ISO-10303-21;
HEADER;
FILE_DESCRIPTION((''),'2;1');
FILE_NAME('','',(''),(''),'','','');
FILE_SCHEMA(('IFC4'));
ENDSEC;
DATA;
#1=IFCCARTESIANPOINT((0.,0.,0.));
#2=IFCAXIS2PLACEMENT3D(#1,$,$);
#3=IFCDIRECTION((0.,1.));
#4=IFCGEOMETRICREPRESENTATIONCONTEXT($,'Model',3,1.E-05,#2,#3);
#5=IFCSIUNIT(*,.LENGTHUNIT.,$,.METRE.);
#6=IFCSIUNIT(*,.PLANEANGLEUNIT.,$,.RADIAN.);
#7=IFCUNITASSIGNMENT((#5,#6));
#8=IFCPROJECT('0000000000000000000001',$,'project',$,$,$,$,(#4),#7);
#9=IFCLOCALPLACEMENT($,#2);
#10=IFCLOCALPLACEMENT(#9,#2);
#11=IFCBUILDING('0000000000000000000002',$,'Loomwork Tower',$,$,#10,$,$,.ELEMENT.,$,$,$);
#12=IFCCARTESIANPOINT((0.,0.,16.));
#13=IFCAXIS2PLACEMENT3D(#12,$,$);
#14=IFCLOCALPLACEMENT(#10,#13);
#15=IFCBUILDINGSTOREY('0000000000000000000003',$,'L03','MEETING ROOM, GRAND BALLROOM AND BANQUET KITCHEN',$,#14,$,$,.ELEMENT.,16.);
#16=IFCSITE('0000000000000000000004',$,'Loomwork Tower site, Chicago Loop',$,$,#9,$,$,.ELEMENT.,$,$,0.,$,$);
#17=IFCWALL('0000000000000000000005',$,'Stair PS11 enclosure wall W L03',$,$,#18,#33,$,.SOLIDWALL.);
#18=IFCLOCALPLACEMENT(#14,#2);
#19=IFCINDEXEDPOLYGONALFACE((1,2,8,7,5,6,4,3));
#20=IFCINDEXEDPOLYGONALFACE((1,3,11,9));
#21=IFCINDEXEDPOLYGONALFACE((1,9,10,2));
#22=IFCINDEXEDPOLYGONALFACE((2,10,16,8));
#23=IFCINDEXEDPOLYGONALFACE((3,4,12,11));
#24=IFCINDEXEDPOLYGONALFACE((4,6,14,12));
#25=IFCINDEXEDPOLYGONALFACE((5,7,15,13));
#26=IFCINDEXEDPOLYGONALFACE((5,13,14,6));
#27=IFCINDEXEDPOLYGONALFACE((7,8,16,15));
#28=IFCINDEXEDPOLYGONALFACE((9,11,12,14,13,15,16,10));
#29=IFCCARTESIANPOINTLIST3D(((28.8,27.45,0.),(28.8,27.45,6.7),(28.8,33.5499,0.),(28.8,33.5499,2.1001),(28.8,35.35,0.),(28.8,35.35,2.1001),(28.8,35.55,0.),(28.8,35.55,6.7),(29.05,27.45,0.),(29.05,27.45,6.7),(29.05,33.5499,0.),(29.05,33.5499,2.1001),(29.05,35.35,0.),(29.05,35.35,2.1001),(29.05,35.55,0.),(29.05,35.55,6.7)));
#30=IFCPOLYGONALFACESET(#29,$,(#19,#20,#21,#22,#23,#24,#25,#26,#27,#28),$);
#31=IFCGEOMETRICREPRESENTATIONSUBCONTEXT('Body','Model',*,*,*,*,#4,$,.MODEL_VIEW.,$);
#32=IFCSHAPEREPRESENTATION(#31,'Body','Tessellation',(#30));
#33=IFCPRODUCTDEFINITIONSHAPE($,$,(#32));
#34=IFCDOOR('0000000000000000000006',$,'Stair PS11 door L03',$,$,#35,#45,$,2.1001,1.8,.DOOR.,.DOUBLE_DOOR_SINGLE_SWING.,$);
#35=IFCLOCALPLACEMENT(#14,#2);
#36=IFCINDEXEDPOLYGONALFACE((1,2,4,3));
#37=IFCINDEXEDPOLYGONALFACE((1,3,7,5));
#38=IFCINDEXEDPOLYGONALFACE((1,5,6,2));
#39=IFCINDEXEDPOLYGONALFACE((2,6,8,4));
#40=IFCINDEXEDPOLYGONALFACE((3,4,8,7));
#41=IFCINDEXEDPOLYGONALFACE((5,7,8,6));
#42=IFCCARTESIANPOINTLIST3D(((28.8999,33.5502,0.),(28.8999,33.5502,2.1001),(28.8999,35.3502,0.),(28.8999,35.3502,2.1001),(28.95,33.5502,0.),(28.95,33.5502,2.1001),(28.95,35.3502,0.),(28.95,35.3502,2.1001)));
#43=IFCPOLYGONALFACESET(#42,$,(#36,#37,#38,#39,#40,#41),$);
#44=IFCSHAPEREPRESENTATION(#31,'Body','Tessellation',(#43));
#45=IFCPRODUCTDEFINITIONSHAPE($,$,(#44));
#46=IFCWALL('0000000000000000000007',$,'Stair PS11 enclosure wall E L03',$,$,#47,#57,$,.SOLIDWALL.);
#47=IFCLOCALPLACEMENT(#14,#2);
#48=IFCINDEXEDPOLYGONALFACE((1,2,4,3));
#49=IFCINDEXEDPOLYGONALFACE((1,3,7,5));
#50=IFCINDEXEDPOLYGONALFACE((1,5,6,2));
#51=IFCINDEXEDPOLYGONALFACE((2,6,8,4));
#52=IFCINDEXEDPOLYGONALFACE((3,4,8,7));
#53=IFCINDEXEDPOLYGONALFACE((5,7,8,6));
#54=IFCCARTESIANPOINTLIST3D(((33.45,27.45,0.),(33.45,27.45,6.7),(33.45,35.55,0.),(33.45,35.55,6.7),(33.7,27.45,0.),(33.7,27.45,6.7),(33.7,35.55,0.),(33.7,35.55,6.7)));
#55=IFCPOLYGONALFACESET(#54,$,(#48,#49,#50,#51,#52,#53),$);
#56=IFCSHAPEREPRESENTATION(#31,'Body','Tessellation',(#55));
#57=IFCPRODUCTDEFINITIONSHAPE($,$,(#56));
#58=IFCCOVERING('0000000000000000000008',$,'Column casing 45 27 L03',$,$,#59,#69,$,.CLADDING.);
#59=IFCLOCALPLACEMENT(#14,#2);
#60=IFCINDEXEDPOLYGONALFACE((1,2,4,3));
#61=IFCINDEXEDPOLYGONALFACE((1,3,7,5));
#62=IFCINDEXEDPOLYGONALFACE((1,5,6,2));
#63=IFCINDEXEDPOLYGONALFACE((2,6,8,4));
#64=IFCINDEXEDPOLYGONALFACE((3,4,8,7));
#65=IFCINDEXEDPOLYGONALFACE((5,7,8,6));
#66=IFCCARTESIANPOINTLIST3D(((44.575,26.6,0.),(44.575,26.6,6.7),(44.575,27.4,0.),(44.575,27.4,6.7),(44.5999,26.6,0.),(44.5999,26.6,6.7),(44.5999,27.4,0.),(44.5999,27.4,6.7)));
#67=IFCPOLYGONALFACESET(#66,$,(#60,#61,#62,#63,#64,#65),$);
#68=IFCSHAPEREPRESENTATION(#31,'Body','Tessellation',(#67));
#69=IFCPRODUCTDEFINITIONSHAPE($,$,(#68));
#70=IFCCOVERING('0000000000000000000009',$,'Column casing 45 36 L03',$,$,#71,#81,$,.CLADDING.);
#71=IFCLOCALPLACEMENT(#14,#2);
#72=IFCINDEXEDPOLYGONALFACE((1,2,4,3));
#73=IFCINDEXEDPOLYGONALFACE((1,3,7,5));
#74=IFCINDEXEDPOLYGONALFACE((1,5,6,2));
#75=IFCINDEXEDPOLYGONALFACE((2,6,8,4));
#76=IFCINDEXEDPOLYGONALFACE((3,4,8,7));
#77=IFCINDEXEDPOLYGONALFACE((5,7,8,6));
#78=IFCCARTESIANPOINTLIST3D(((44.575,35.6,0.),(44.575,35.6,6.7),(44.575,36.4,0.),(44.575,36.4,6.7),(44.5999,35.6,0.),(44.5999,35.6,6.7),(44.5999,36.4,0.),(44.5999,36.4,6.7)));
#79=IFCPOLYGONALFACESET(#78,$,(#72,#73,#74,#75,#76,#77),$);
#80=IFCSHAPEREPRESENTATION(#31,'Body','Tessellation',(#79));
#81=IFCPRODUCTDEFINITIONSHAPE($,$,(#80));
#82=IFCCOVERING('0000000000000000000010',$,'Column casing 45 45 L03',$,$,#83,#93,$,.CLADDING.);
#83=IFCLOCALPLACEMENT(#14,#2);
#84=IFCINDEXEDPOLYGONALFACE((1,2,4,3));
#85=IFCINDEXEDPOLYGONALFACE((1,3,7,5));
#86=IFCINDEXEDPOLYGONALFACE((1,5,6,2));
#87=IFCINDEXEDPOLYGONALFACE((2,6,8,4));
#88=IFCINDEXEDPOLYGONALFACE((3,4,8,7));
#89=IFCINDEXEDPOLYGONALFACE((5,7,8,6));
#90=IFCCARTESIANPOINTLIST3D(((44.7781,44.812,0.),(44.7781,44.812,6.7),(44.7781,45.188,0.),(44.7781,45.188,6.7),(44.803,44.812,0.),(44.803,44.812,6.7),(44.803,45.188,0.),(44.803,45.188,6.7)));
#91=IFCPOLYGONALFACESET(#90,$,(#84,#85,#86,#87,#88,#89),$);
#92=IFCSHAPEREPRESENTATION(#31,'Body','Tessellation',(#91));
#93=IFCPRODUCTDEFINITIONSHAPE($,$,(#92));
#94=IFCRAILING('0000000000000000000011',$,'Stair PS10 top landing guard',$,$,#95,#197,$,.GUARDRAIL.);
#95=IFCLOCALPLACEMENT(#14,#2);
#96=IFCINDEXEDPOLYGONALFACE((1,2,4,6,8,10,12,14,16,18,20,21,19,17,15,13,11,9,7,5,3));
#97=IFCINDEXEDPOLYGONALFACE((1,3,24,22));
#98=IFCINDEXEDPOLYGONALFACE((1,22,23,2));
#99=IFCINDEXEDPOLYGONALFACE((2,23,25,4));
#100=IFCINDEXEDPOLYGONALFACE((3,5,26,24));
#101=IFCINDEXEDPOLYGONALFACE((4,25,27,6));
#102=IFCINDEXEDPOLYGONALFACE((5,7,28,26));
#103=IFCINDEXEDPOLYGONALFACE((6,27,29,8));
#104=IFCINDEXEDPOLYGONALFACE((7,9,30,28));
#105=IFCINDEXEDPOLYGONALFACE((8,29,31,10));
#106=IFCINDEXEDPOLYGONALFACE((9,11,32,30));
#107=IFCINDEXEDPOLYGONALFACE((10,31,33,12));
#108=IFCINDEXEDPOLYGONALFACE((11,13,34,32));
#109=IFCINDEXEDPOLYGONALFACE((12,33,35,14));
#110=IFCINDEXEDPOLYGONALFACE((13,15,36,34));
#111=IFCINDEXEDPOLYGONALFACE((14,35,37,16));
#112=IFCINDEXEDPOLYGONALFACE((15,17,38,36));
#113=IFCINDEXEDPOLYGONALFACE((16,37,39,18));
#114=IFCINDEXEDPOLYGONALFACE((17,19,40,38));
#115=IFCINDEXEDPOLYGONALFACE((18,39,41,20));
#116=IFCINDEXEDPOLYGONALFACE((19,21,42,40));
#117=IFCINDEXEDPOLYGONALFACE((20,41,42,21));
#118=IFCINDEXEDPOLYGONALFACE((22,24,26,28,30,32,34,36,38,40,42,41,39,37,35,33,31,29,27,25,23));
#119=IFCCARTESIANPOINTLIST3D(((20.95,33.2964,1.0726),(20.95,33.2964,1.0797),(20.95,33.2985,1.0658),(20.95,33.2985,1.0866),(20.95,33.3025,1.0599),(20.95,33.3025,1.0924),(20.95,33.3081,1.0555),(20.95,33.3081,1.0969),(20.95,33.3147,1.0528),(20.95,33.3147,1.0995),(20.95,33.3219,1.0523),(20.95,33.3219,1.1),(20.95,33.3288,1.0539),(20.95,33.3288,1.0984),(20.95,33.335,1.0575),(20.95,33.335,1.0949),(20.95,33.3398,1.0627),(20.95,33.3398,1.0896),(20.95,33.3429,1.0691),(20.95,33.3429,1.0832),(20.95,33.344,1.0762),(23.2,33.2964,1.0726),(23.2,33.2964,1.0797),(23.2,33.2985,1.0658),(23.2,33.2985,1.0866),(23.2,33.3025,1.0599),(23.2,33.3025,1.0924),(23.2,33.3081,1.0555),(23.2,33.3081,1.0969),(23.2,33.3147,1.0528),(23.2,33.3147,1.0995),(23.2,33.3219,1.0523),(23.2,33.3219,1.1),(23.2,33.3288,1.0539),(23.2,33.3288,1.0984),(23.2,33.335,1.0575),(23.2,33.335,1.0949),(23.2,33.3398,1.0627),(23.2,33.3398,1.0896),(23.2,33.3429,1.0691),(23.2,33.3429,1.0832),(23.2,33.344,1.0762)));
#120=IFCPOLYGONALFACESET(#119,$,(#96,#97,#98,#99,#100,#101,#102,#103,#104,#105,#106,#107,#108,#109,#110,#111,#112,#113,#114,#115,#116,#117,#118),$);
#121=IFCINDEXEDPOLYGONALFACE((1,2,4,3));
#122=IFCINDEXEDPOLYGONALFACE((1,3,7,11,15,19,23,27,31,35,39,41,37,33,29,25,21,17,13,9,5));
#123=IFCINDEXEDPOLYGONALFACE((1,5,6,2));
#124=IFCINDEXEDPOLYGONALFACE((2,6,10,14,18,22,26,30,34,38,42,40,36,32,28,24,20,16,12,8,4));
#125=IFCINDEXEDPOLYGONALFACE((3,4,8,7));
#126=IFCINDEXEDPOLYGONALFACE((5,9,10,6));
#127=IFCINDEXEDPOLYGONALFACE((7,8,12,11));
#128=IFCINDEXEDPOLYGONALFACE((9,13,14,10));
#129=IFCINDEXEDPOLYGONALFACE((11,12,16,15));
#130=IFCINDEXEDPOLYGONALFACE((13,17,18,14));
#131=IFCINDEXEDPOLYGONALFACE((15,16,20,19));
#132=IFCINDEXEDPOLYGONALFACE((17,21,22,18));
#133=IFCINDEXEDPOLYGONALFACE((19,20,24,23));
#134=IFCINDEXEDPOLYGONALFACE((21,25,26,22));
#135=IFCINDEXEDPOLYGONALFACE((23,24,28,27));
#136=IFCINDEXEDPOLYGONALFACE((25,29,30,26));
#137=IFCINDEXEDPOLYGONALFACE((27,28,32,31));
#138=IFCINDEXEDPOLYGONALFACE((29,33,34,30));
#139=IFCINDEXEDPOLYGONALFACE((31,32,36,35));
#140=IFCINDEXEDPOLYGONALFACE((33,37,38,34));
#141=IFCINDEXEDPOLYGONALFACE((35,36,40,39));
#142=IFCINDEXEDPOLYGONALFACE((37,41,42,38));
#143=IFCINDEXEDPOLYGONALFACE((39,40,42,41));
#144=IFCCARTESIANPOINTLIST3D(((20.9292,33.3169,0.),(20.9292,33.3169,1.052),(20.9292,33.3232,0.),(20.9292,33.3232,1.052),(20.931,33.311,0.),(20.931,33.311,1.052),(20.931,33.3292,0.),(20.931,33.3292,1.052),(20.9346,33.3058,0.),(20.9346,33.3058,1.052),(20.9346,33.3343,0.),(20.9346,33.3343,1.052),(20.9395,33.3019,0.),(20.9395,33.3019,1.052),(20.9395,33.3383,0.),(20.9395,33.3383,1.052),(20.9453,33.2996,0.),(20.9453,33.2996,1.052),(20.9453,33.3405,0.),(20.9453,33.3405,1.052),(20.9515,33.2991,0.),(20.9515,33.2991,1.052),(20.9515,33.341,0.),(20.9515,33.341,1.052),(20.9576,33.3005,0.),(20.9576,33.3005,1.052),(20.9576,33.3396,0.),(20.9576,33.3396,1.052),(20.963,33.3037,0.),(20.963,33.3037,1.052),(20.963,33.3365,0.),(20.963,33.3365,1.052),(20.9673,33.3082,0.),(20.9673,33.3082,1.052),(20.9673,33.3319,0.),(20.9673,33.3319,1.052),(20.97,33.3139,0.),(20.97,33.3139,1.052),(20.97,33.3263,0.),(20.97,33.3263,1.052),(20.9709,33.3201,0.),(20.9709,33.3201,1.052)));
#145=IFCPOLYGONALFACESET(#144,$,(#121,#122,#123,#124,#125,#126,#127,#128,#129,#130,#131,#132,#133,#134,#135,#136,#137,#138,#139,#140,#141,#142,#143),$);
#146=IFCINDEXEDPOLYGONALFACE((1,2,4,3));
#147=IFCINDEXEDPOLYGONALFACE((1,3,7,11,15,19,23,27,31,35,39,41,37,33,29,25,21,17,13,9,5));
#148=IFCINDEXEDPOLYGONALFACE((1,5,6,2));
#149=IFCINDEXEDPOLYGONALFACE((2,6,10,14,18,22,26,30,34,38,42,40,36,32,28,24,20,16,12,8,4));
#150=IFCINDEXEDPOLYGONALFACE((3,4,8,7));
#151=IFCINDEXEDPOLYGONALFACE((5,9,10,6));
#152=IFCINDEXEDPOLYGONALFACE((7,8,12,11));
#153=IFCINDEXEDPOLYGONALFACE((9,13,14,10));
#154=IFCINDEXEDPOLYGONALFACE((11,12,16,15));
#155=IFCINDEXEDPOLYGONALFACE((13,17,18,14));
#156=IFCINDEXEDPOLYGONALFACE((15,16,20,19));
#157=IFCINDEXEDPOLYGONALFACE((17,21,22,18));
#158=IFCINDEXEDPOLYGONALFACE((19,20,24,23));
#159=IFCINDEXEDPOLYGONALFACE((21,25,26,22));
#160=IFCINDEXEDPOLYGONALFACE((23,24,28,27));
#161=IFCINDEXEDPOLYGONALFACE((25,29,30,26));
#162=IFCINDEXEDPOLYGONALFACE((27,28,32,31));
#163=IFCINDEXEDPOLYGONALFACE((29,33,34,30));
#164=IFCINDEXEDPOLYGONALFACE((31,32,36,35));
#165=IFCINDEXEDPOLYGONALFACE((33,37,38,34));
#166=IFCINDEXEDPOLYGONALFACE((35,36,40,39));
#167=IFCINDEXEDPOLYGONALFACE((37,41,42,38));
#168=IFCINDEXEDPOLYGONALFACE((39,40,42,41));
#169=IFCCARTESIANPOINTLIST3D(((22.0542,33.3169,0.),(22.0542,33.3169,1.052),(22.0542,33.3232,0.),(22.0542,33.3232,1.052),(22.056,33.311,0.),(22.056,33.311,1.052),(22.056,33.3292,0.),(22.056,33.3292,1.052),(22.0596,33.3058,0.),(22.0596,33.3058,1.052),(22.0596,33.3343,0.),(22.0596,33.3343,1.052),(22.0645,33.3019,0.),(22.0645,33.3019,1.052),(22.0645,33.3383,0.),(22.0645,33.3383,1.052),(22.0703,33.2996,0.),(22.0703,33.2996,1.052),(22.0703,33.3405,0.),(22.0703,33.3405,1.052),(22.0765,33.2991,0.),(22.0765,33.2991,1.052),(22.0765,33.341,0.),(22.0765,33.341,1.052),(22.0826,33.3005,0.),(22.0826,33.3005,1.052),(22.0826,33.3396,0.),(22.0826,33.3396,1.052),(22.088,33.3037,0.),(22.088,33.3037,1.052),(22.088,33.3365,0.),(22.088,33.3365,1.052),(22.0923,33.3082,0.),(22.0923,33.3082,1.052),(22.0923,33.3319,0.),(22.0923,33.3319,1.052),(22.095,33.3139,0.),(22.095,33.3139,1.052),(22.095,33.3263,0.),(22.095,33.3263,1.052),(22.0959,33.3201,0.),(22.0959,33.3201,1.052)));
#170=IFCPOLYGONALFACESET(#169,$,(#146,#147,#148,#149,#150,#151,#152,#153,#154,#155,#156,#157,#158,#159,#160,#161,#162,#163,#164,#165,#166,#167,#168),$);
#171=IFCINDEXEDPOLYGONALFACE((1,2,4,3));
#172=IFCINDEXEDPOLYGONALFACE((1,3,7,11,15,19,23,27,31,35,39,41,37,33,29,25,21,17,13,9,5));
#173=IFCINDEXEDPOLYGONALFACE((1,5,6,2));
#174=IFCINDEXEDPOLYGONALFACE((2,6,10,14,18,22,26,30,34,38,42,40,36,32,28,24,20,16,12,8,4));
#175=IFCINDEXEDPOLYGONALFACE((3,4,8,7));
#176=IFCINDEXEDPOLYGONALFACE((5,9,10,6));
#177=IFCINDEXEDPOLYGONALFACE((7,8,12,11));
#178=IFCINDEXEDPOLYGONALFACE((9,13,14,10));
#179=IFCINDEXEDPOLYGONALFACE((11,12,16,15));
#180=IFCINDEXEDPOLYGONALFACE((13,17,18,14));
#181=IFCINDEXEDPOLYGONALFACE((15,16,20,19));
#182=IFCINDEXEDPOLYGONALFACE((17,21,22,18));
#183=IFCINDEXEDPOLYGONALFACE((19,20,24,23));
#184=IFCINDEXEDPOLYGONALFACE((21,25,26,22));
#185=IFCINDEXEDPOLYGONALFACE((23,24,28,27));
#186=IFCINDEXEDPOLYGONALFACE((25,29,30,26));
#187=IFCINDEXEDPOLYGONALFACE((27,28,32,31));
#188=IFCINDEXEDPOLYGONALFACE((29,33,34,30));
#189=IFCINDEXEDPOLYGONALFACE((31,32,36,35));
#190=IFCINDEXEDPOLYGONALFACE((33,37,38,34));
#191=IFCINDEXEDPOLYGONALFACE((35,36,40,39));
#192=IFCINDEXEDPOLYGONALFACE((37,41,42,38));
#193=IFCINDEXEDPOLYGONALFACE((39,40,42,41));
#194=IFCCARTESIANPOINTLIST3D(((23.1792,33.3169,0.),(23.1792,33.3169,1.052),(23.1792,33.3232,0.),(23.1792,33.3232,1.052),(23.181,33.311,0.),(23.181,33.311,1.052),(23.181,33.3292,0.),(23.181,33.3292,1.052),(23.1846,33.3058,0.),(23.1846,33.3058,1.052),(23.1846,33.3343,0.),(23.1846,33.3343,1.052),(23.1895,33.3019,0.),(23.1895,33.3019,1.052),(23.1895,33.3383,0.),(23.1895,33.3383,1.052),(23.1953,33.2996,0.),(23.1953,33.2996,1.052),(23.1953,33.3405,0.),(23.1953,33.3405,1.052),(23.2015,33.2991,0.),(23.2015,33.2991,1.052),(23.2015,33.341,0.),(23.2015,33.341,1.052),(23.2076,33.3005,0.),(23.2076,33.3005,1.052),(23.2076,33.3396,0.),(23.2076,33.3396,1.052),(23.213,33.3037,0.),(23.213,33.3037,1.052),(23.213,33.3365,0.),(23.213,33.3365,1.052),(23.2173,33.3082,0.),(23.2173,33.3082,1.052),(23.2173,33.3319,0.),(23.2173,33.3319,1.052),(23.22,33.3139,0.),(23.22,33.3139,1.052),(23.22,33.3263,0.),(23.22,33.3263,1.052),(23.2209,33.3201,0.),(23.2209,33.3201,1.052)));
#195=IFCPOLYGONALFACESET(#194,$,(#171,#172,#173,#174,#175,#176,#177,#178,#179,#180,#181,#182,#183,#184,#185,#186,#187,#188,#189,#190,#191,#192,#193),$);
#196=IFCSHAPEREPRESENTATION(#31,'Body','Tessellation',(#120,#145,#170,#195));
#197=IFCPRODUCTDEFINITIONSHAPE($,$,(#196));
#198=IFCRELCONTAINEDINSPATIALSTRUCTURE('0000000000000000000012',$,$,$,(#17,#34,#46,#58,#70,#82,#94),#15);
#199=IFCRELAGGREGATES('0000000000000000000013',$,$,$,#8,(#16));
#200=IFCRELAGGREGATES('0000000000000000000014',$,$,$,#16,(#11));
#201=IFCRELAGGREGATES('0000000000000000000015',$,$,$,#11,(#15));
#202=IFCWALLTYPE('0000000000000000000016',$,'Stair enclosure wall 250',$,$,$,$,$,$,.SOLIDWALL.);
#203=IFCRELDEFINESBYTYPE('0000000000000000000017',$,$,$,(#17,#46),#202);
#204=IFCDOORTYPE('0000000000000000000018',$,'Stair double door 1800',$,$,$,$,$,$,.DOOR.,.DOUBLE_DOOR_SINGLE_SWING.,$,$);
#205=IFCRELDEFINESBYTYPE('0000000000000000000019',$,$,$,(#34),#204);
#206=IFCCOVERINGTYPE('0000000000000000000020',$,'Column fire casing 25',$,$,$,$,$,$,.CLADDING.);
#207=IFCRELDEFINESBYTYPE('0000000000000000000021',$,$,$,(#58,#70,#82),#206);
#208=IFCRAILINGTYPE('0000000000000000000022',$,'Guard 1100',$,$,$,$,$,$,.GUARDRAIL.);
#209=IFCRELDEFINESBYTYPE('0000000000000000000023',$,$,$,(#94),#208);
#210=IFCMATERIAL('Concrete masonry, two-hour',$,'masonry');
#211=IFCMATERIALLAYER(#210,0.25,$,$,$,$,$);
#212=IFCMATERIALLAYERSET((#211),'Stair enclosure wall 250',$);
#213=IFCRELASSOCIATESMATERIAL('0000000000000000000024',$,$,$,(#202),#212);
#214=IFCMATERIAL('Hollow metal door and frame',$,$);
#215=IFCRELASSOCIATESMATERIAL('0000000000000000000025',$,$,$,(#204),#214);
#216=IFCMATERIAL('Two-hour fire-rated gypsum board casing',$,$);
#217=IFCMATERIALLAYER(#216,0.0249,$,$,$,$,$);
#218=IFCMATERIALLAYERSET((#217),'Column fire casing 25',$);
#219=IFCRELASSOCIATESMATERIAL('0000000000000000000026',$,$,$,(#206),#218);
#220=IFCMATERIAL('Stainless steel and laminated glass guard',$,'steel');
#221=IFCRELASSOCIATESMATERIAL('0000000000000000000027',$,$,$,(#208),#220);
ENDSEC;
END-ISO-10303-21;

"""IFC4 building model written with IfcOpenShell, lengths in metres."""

from ifc_helpers import new_model, si_unit, direction, frame, frame_2d, origin, origin_2d, place, context, subcontext, project, spatial, rectangle, circle, extrude, material, layer, layer_set, type_object, element, fill, save


model = new_model("IFC4")

# Units and contexts
model_context = context("Model", 3, precision=1e-05, world=origin(), true_north=direction((0.0, 1.0)))
body_context = subcontext(model_context, "Body", "Model", "MODEL_VIEW")
ifc_project = project(units=[si_unit("LENGTHUNIT", "METRE"), si_unit("PLANEANGLEUNIT", "RADIAN")], contexts=[model_context])

# Site, building, storey
site_placement = place(None, origin())
site = spatial("IfcSite", under=ifc_project, at=site_placement, Name="Loomwork Tower site, Chicago Loop", CompositionType="ELEMENT", RefElevation=0.0)
building_placement = place(site_placement, origin())
building = spatial("IfcBuilding", under=site, at=building_placement, Name="Loomwork Tower", CompositionType="ELEMENT")
storey_placement = place(building_placement, frame((0.0, 0.0, 16.0)))
storey = spatial("IfcBuildingStorey", under=building, at=storey_placement, Name="L03", Description="MEETING ROOM, GRAND BALLROOM AND BANQUET KITCHEN", CompositionType="ELEMENT", Elevation=16.0)

# Shared definitions
ifc_material_1 = material(Name="Concrete masonry, two-hour", Category="masonry")
ifc_layer_1 = layer(ifc_material_1, 0.25)
ifc_layer_set_1 = layer_set([ifc_layer_1], Name="Stair enclosure wall 250")
wall_type = type_object("IfcWallType", Name="Stair enclosure wall 250", PredefinedType="SOLIDWALL", material=ifc_layer_set_1)

# Shared definitions
ifc_material_2 = material(Name="Hollow metal door and frame")
door_type = type_object("IfcDoorType", Name="Stair double door 1800", OperationType="DOUBLE_DOOR_SINGLE_SWING", PredefinedType="DOOR", material=ifc_material_2)

# Wall, opening, door
wall_1_placement = place(storey_placement, frame((28.925, 27.45, 0.0), z_axis=(0.0, 0.0, 1.0), x_axis=(0.0, 1.0, 0.0)))
wall_1 = element("IfcWall", 1, at=wall_1_placement, inside=storey, type_object=wall_type, Name="Stair PS11 enclosure wall W L03", PredefinedType="SOLIDWALL", context=body_context, shape_type="SweptSolid", body=[
    extrude(rectangle(XDim=8.1001, YDim=0.25, at=frame_2d((4.05, 0.0))), origin(), (0.0, 0.0, 1.0), 6.7),
])
opening_1_placement = place(wall_1_placement, frame((6.1001, 0.0, 0.0)))
opening_1 = element("IfcOpeningElement", 2, at=opening_1_placement, cuts=wall_1, PredefinedType="OPENING", context=body_context, shape_type="SweptSolid", body=[
    extrude(rectangle(XDim=1.8, YDim=2.1001, at=frame_2d((0.8999, 1.05))), frame((0.0, 0.135, 0.0), z_axis=(0.0, -1.0, 0.0), x_axis=(1.0, 0.0, 0.0)), (0.0, 0.0, 1.0), 0.27),
])
door_1_placement = place(opening_1_placement, frame((1.8, 0.0, 0.0), z_axis=(0.0, 0.0, 1.0), x_axis=(-1.0, 0.0, 0.0)))
door_1 = element("IfcDoor", 3, at=door_1_placement, inside=storey, type_object=door_type, Name="Stair PS11 door L03", OperationType="DOUBLE_DOOR_SINGLE_SWING", OverallHeight=2.1001, OverallWidth=1.8, PredefinedType="DOOR", context=body_context, shape_type="SweptSolid", body=[
    extrude(rectangle(XDim=1.8, YDim=2.1001, at=frame_2d((0.8999, 1.05))), frame((0.0, 0.0249, 0.0), z_axis=(0.0, -1.0, 0.0), x_axis=(1.0, 0.0, 0.0)), (0.0, 0.0, 1.0), 0.05),
])
fill(opening_1, door_1)

# Wall
wall_2_placement = place(storey_placement, frame((33.575, 27.45, 0.0), z_axis=(0.0, 0.0, 1.0), x_axis=(0.0, 1.0, 0.0)))
element("IfcWall", 4, at=wall_2_placement, inside=storey, type_object=wall_type, Name="Stair PS11 enclosure wall E L03", PredefinedType="SOLIDWALL", context=body_context, shape_type="SweptSolid", body=[
    extrude(rectangle(XDim=8.1001, YDim=0.25, at=frame_2d((4.05, 0.0))), origin(), (0.0, 0.0, 1.0), 6.7),
])

# Coverings
ifc_material_3 = material(Name="Two-hour fire-rated gypsum board casing")
ifc_layer_2 = layer(ifc_material_3, 0.0249)
ifc_layer_set_2 = layer_set([ifc_layer_2], Name="Column fire casing 25")
covering_type = type_object("IfcCoveringType", Name="Column fire casing 25", PredefinedType="CLADDING", material=ifc_layer_set_2)
for number, where, z_axis, x_axis, name in (
    (5, (44.5874, 27.0, 0.0), (0.0, 0.0, 1.0), (1.0, 0.0, 0.0), "Column casing 45 27 L03"),
    (6, (44.5874, 36.0, 0.0), (0.0, 0.0, 1.0), (1.0, 0.0, 0.0), "Column casing 45 36 L03"),
):
    element("IfcCovering", number, at=place(storey_placement, frame(where, z_axis=z_axis, x_axis=x_axis)), inside=storey, type_object=covering_type, Name=name, PredefinedType="CLADDING", context=body_context, shape_type="SweptSolid", body=[
        extrude(rectangle(XDim=0.0249, YDim=0.8, at=origin_2d()), origin(), (0.0, 0.0, 1.0), 6.7),
    ])
covering_placement = place(storey_placement, frame((44.7905, 45.0, 0.0), z_axis=(0.0, 0.0, 1.0), x_axis=(1.0, 0.0, 0.0)))
element("IfcCovering", 7, at=covering_placement, inside=storey, type_object=covering_type, Name="Column casing 45 45 L03", PredefinedType="CLADDING", context=body_context, shape_type="SweptSolid", body=[
    extrude(rectangle(XDim=0.0249, YDim=0.376, at=origin_2d()), origin(), (0.0, 0.0, 1.0), 6.7),
])

# Railing
ifc_material_4 = material(Name="Stainless steel and laminated glass guard", Category="steel")
railing_type = type_object("IfcRailingType", Name="Guard 1100", PredefinedType="GUARDRAIL", material=ifc_material_4)
for number, where, name in (
    (8, (20.95, 33.3201, 0.0), "Stair PS10 top landing guard"),
):
    element("IfcRailing", number, at=place(storey_placement, frame(where)), inside=storey, type_object=railing_type, Name=name, PredefinedType="GUARDRAIL", context=body_context, shape_type="SweptSolid", body=[
        extrude(circle(Radius=0.0239, at=origin_2d()), frame((0.0, 0.0, 1.0762), z_axis=(1.0, 0.0, 0.0), x_axis=(0.0, 1.0, 0.0)), (0.0, 0.0, 1.0), 2.25),
        extrude(circle(Radius=0.021, at=origin_2d()), origin(), (0.0, 0.0, 1.0), 1.052),
        extrude(circle(Radius=0.021, at=origin_2d()), frame((1.125, 0.0, 0.0)), (0.0, 0.0, 1.0), 1.052),
        extrude(circle(Radius=0.021, at=origin_2d()), frame((2.25, 0.0, 0.0)), (0.0, 0.0, 1.0), 1.052),
    ])

save(model, "model.ifc")
